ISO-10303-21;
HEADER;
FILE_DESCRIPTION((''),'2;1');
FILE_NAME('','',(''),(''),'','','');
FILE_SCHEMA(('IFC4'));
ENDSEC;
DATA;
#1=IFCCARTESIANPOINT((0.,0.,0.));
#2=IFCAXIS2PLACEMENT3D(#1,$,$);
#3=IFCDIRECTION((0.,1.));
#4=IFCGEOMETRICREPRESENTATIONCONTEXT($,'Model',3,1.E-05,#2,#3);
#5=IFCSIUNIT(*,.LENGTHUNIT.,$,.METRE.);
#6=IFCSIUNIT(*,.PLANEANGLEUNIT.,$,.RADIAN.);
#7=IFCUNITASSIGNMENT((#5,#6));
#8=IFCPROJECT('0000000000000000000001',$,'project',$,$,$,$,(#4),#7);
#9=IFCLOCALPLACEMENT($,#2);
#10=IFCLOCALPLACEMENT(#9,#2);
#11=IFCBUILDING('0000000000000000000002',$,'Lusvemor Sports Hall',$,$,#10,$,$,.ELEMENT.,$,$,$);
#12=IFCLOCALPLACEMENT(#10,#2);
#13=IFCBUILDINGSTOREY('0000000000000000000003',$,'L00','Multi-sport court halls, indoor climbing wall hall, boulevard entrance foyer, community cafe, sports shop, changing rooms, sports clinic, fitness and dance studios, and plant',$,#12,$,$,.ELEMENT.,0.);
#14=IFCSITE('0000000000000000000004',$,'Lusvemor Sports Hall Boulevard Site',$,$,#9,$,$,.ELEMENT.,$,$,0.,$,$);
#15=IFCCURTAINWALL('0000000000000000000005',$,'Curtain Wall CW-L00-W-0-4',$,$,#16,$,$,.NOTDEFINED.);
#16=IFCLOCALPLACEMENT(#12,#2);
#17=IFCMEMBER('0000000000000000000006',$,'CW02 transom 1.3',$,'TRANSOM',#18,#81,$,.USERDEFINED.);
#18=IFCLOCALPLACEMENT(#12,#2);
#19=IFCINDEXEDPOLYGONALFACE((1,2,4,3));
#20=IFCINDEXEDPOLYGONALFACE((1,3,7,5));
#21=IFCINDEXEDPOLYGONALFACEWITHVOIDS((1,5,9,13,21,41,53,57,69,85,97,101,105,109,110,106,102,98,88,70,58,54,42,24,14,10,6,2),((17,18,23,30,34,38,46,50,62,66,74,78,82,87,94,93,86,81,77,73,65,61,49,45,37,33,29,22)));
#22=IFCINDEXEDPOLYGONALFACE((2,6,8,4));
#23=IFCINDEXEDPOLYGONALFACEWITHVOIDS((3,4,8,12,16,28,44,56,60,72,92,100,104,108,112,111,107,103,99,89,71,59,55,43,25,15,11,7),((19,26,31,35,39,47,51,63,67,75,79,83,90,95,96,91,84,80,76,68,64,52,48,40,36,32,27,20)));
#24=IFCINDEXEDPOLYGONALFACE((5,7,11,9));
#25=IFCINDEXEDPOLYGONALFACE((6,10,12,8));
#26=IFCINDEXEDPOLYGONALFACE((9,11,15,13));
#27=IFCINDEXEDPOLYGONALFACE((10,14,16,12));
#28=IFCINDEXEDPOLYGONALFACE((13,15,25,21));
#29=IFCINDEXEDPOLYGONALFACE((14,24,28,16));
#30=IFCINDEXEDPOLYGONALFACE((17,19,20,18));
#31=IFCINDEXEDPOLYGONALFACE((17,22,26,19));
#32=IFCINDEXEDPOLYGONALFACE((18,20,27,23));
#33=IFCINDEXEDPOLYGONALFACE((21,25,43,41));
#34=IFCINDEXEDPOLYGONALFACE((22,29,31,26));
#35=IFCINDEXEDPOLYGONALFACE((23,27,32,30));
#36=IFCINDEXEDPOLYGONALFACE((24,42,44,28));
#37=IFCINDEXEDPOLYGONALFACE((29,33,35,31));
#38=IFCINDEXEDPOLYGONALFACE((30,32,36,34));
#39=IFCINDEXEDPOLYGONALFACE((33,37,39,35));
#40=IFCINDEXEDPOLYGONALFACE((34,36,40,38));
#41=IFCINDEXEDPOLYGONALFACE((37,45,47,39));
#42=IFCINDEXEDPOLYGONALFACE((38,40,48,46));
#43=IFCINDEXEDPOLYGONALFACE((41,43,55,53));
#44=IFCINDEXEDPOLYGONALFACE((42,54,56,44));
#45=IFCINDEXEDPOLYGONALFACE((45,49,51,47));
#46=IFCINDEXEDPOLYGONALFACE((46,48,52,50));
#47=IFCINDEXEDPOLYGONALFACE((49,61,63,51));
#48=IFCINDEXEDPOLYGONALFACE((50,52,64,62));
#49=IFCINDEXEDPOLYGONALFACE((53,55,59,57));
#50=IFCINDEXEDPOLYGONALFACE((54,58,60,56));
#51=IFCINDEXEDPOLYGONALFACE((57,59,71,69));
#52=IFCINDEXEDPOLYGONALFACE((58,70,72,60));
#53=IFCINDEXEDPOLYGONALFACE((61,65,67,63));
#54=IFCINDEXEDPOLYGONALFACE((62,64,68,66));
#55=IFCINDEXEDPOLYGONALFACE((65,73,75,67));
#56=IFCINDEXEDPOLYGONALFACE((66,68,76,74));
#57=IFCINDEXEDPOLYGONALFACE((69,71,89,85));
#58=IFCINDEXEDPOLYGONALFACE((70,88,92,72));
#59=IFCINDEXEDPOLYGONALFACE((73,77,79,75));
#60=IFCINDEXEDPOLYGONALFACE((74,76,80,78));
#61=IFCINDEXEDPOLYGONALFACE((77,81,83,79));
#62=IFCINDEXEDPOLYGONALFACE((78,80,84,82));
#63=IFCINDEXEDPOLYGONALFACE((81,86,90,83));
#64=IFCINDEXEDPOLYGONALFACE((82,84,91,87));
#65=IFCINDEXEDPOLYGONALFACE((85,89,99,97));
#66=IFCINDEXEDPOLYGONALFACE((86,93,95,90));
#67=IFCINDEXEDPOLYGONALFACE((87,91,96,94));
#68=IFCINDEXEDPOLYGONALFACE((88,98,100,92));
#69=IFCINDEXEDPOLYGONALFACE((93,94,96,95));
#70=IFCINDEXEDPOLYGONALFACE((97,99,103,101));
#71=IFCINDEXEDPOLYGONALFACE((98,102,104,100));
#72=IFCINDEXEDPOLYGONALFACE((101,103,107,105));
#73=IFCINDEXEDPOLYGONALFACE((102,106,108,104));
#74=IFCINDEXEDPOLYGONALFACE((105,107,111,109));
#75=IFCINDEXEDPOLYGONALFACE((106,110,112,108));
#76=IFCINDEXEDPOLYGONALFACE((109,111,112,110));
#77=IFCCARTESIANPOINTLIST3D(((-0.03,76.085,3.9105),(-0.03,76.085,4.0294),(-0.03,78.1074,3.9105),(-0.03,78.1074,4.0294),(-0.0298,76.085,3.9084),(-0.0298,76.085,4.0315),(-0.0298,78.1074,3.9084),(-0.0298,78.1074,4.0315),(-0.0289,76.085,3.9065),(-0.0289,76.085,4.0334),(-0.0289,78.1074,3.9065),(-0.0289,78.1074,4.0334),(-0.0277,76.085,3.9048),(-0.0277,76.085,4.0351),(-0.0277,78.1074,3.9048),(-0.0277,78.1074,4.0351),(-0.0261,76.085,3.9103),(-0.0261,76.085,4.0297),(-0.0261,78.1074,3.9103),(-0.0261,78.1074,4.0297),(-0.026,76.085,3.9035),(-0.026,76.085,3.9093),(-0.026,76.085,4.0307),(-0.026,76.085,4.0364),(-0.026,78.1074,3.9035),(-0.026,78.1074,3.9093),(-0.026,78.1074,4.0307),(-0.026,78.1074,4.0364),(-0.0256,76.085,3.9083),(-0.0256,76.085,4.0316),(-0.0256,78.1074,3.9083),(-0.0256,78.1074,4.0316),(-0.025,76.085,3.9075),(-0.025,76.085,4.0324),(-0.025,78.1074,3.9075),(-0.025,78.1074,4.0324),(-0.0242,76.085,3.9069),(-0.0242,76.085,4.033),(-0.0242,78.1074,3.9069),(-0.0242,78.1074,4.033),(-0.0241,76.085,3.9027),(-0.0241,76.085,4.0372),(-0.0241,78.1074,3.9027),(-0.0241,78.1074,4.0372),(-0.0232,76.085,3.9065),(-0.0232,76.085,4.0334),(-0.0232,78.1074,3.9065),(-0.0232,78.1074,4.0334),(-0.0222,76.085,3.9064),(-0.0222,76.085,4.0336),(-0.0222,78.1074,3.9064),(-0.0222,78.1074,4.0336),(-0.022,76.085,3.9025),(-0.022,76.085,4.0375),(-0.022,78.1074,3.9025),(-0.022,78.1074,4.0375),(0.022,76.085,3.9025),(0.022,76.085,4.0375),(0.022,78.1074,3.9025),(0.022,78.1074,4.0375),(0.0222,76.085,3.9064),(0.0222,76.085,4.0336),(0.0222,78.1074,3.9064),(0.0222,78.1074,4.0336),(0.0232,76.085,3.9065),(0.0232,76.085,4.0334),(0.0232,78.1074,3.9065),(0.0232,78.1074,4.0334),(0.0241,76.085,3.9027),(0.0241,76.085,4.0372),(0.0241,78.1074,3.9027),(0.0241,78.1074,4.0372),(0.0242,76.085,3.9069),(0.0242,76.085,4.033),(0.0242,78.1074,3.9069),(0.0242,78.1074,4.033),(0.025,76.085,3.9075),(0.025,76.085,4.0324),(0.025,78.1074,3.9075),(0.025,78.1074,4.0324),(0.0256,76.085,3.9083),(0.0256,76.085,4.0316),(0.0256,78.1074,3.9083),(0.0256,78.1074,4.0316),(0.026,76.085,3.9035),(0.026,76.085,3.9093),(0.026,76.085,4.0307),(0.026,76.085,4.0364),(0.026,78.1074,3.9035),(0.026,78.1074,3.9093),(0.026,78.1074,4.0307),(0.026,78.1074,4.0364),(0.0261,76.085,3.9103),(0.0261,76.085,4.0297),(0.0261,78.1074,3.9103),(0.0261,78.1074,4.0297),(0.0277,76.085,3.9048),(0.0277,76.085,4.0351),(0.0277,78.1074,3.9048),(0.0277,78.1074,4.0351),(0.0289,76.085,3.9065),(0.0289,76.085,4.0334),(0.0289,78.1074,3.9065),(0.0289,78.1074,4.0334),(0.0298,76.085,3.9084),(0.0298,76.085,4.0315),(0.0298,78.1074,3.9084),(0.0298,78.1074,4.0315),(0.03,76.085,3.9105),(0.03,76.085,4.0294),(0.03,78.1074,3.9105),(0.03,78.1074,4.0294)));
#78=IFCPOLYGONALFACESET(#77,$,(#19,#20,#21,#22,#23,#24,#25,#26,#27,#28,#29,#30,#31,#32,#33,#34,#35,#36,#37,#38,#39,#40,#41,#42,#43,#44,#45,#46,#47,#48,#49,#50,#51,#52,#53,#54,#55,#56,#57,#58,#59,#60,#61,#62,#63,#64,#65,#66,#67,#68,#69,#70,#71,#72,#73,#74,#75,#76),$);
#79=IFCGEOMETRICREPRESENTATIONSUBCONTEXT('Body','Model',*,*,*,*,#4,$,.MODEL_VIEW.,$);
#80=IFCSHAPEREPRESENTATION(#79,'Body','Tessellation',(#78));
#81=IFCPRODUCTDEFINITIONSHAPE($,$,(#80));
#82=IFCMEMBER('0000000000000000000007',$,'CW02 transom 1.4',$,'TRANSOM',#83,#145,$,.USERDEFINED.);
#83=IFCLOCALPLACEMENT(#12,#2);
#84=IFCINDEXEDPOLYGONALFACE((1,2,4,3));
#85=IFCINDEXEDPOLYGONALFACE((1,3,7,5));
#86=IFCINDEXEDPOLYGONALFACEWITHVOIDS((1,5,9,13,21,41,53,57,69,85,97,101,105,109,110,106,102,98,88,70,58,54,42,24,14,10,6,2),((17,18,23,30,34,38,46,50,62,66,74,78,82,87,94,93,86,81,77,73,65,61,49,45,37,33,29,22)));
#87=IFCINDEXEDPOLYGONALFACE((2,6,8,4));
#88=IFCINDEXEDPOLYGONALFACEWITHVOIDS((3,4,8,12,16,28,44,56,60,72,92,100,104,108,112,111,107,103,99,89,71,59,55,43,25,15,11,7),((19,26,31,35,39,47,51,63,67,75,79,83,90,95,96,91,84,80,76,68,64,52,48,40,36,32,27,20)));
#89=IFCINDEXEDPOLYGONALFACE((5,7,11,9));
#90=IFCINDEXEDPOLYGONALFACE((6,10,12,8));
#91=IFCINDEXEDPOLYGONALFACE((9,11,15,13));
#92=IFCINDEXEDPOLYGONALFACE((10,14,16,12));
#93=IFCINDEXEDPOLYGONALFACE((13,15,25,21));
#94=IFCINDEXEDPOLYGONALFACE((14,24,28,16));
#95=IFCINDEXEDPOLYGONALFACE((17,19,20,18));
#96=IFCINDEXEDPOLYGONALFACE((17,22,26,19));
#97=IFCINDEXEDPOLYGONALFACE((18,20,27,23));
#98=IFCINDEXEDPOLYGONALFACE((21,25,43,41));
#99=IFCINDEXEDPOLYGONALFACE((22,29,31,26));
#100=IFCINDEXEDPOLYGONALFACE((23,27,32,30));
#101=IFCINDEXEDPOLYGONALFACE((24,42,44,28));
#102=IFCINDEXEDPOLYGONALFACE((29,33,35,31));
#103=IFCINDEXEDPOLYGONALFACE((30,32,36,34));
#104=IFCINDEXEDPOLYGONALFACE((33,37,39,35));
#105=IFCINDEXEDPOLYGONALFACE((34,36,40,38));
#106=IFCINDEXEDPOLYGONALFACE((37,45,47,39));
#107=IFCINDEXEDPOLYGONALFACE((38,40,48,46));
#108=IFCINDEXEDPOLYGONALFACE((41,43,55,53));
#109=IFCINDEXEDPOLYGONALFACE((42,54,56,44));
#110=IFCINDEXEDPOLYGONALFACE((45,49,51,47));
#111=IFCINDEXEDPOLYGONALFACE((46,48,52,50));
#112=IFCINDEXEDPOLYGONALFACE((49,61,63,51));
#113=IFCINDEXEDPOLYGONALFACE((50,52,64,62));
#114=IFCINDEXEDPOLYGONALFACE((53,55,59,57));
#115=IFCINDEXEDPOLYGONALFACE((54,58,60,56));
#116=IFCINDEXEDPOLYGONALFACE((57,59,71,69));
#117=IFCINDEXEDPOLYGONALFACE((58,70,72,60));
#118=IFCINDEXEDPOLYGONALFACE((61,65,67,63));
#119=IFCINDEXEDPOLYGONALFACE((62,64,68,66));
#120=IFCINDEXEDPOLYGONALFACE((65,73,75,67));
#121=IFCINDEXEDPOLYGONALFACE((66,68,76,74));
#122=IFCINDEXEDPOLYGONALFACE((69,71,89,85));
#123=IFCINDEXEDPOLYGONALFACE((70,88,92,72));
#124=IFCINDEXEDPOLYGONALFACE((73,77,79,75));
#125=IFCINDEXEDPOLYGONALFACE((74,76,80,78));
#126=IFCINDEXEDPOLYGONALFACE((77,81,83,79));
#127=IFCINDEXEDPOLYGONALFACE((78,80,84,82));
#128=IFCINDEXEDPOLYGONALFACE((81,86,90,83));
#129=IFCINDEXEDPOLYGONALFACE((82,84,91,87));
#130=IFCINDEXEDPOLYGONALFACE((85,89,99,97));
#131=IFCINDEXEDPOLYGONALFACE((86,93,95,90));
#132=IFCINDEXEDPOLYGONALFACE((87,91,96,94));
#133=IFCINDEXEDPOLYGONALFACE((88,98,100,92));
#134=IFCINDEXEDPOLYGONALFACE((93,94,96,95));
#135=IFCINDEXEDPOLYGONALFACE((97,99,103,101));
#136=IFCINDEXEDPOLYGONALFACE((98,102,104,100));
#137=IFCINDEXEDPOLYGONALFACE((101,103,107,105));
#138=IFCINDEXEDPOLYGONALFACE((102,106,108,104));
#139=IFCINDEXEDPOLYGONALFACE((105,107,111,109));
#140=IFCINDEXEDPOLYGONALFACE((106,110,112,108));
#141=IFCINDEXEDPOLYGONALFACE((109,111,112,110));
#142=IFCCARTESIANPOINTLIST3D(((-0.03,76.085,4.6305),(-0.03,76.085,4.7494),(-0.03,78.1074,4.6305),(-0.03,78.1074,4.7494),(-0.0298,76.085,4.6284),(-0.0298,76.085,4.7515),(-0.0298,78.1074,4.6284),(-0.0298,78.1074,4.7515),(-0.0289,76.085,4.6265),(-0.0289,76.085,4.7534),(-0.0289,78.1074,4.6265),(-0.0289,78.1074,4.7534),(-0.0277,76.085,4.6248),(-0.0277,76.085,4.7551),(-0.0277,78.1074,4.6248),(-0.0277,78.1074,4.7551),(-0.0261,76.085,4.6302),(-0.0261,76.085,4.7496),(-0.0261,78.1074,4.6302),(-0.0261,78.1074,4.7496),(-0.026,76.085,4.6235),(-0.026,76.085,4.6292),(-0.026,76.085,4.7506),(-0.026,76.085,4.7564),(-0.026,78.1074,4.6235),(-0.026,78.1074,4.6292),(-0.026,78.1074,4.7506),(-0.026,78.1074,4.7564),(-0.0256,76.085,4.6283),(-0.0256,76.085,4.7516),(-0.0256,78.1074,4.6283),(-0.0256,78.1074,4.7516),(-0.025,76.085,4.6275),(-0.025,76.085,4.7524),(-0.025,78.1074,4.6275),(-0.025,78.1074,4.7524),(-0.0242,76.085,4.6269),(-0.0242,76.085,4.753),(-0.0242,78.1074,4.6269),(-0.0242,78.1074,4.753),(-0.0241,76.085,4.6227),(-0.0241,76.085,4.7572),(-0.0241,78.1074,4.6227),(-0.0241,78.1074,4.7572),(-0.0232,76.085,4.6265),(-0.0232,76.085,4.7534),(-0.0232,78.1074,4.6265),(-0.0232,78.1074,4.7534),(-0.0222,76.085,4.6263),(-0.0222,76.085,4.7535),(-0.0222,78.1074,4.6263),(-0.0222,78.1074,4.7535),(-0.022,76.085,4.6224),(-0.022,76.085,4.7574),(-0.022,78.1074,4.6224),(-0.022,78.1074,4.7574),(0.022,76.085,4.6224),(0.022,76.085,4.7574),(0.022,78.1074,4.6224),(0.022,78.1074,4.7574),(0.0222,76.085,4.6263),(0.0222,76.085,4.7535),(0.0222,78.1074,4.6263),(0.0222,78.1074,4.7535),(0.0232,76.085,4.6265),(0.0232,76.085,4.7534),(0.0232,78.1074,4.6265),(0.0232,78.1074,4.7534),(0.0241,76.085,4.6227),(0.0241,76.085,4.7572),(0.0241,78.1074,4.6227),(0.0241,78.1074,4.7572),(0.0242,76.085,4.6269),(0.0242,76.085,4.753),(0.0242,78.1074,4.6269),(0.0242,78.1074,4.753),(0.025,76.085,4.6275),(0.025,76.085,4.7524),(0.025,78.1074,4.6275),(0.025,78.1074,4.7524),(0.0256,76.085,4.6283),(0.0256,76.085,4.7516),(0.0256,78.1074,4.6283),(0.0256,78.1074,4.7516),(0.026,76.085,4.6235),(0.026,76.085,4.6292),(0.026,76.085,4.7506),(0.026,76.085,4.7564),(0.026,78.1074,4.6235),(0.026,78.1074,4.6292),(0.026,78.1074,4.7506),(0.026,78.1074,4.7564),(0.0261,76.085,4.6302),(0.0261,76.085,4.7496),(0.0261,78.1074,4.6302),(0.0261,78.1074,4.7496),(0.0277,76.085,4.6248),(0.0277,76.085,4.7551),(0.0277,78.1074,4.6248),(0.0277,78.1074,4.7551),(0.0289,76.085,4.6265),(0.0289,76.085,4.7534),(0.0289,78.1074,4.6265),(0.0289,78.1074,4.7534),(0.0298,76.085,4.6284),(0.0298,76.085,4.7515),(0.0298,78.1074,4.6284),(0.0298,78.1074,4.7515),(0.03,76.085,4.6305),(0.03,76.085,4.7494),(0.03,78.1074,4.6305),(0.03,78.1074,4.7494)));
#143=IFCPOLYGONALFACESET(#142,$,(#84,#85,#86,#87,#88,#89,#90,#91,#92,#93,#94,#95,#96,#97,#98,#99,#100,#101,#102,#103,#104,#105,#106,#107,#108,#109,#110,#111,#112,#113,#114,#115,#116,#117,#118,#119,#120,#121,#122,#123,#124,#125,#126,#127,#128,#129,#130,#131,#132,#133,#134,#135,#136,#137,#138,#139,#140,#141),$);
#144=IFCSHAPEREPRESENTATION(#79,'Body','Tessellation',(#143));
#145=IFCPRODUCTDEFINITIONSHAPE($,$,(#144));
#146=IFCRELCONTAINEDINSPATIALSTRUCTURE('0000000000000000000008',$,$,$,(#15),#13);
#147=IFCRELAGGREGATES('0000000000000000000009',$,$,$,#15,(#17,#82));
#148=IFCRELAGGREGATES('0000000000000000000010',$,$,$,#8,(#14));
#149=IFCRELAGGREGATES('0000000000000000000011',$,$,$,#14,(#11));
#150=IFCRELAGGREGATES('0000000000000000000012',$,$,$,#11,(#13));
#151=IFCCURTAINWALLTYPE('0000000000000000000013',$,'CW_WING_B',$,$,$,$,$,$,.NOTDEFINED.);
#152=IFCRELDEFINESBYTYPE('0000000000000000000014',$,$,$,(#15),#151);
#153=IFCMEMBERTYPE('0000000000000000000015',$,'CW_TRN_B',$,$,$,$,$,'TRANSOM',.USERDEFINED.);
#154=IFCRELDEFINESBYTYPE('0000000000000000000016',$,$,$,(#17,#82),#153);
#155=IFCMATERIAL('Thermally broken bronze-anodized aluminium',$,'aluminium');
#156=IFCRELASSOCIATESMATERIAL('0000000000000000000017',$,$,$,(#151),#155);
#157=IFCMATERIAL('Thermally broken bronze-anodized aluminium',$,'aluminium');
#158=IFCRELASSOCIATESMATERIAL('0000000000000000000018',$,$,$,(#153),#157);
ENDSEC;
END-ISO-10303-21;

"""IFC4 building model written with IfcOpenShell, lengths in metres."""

from ifc_helpers import new_model, si_unit, direction, frame, origin, origin_2d, place, context, subcontext, project, spatial, hollow_rectangle, extrude, material, material_profile, profile_set, type_object, element, aggregate, save


model = new_model("IFC4")

# Units and contexts
model_context = context("Model", 3, precision=1e-05, world=origin(), true_north=direction((0.0, 1.0)))
body_context = subcontext(model_context, "Body", "Model", "MODEL_VIEW")
ifc_project = project(units=[si_unit("LENGTHUNIT", "METRE"), si_unit("PLANEANGLEUNIT", "RADIAN")], contexts=[model_context])

# Site, building, storey
site_placement = place(None, origin())
site = spatial("IfcSite", under=ifc_project, at=site_placement, Name="Lusvemor Sports Hall Boulevard Site", CompositionType="ELEMENT", RefElevation=0.0)
building_placement = place(site_placement, origin())
building = spatial("IfcBuilding", under=site, at=building_placement, Name="Lusvemor Sports Hall", CompositionType="ELEMENT")
storey_placement = place(building_placement, origin())
storey = spatial("IfcBuildingStorey", under=building, at=storey_placement, Name="L00", Description="Multi-sport court halls, indoor climbing wall hall, boulevard entrance foyer, community cafe, sports shop, changing rooms, sports clinic, fitness and dance studios, and plant", CompositionType="ELEMENT", Elevation=0.0)

# Curtain wall, members
ifc_material_1 = material(Name="Thermally broken bronze-anodized aluminium", Category="aluminium")
curtain_wall_type = type_object("IfcCurtainWallType", Name="CW_WING_B", PredefinedType="NOTDEFINED", material=ifc_material_1)
curtain_wall_placement = place(storey_placement, origin())
curtain_wall = element("IfcCurtainWall", 1, at=curtain_wall_placement, inside=storey, type_object=curtain_wall_type, Name="Curtain Wall CW-L00-W-0-4", PredefinedType="NOTDEFINED")
ifc_material_2 = material(Name="Thermally broken bronze-anodized aluminium", Category="aluminium")
ifc_material_profile_1 = material_profile(ifc_material_2, hollow_rectangle(XDim=0.0601, YDim=0.135, WallThickness=0.0039, InnerFilletRadius=0.0039, OuterFilletRadius=0.0081, at=origin_2d()), Name="CWTRN135x60x4")
ifc_profile_set_1 = profile_set([ifc_material_profile_1], Name="Thermally broken bronze-anodized aluminium")
member_type_1 = type_object("IfcMemberType", Name="CW_TRN_B", ElementType="TRANSOM", PredefinedType="USERDEFINED", material=ifc_profile_set_1)
member_1_placement = place(storey_placement, frame((0.0, 76.085, 3.97), z_axis=(0.0, 1.0, 0.0), x_axis=(-1.0, 0.0, 0.0)))
member_1 = element("IfcMember", 2, at=member_1_placement, type_object=member_type_1, Name="CW02 transom 1.3", ObjectType="TRANSOM", PredefinedType="USERDEFINED", context=body_context, shape_type="SweptSolid", body=[
    extrude(hollow_rectangle(XDim=0.0601, YDim=0.135, WallThickness=0.0039, InnerFilletRadius=0.0039, OuterFilletRadius=0.0081, at=origin_2d()), origin(), (0.0, 0.0, 1.0), 2.0225),
])
member_2_placement = place(storey_placement, frame((0.0, 76.085, 4.6899), z_axis=(0.0, 1.0, 0.0), x_axis=(-1.0, 0.0, 0.0)))
member_2 = element("IfcMember", 3, at=member_2_placement, type_object=member_type_1, Name="CW02 transom 1.4", ObjectType="TRANSOM", PredefinedType="USERDEFINED", context=body_context, shape_type="SweptSolid", body=[
    extrude(hollow_rectangle(XDim=0.0601, YDim=0.135, WallThickness=0.0039, InnerFilletRadius=0.0039, OuterFilletRadius=0.0081, at=origin_2d()), origin(), (0.0, 0.0, 1.0), 2.0225),
])
aggregate(curtain_wall, [member_1, member_2])

save(model, "model.ifc")
